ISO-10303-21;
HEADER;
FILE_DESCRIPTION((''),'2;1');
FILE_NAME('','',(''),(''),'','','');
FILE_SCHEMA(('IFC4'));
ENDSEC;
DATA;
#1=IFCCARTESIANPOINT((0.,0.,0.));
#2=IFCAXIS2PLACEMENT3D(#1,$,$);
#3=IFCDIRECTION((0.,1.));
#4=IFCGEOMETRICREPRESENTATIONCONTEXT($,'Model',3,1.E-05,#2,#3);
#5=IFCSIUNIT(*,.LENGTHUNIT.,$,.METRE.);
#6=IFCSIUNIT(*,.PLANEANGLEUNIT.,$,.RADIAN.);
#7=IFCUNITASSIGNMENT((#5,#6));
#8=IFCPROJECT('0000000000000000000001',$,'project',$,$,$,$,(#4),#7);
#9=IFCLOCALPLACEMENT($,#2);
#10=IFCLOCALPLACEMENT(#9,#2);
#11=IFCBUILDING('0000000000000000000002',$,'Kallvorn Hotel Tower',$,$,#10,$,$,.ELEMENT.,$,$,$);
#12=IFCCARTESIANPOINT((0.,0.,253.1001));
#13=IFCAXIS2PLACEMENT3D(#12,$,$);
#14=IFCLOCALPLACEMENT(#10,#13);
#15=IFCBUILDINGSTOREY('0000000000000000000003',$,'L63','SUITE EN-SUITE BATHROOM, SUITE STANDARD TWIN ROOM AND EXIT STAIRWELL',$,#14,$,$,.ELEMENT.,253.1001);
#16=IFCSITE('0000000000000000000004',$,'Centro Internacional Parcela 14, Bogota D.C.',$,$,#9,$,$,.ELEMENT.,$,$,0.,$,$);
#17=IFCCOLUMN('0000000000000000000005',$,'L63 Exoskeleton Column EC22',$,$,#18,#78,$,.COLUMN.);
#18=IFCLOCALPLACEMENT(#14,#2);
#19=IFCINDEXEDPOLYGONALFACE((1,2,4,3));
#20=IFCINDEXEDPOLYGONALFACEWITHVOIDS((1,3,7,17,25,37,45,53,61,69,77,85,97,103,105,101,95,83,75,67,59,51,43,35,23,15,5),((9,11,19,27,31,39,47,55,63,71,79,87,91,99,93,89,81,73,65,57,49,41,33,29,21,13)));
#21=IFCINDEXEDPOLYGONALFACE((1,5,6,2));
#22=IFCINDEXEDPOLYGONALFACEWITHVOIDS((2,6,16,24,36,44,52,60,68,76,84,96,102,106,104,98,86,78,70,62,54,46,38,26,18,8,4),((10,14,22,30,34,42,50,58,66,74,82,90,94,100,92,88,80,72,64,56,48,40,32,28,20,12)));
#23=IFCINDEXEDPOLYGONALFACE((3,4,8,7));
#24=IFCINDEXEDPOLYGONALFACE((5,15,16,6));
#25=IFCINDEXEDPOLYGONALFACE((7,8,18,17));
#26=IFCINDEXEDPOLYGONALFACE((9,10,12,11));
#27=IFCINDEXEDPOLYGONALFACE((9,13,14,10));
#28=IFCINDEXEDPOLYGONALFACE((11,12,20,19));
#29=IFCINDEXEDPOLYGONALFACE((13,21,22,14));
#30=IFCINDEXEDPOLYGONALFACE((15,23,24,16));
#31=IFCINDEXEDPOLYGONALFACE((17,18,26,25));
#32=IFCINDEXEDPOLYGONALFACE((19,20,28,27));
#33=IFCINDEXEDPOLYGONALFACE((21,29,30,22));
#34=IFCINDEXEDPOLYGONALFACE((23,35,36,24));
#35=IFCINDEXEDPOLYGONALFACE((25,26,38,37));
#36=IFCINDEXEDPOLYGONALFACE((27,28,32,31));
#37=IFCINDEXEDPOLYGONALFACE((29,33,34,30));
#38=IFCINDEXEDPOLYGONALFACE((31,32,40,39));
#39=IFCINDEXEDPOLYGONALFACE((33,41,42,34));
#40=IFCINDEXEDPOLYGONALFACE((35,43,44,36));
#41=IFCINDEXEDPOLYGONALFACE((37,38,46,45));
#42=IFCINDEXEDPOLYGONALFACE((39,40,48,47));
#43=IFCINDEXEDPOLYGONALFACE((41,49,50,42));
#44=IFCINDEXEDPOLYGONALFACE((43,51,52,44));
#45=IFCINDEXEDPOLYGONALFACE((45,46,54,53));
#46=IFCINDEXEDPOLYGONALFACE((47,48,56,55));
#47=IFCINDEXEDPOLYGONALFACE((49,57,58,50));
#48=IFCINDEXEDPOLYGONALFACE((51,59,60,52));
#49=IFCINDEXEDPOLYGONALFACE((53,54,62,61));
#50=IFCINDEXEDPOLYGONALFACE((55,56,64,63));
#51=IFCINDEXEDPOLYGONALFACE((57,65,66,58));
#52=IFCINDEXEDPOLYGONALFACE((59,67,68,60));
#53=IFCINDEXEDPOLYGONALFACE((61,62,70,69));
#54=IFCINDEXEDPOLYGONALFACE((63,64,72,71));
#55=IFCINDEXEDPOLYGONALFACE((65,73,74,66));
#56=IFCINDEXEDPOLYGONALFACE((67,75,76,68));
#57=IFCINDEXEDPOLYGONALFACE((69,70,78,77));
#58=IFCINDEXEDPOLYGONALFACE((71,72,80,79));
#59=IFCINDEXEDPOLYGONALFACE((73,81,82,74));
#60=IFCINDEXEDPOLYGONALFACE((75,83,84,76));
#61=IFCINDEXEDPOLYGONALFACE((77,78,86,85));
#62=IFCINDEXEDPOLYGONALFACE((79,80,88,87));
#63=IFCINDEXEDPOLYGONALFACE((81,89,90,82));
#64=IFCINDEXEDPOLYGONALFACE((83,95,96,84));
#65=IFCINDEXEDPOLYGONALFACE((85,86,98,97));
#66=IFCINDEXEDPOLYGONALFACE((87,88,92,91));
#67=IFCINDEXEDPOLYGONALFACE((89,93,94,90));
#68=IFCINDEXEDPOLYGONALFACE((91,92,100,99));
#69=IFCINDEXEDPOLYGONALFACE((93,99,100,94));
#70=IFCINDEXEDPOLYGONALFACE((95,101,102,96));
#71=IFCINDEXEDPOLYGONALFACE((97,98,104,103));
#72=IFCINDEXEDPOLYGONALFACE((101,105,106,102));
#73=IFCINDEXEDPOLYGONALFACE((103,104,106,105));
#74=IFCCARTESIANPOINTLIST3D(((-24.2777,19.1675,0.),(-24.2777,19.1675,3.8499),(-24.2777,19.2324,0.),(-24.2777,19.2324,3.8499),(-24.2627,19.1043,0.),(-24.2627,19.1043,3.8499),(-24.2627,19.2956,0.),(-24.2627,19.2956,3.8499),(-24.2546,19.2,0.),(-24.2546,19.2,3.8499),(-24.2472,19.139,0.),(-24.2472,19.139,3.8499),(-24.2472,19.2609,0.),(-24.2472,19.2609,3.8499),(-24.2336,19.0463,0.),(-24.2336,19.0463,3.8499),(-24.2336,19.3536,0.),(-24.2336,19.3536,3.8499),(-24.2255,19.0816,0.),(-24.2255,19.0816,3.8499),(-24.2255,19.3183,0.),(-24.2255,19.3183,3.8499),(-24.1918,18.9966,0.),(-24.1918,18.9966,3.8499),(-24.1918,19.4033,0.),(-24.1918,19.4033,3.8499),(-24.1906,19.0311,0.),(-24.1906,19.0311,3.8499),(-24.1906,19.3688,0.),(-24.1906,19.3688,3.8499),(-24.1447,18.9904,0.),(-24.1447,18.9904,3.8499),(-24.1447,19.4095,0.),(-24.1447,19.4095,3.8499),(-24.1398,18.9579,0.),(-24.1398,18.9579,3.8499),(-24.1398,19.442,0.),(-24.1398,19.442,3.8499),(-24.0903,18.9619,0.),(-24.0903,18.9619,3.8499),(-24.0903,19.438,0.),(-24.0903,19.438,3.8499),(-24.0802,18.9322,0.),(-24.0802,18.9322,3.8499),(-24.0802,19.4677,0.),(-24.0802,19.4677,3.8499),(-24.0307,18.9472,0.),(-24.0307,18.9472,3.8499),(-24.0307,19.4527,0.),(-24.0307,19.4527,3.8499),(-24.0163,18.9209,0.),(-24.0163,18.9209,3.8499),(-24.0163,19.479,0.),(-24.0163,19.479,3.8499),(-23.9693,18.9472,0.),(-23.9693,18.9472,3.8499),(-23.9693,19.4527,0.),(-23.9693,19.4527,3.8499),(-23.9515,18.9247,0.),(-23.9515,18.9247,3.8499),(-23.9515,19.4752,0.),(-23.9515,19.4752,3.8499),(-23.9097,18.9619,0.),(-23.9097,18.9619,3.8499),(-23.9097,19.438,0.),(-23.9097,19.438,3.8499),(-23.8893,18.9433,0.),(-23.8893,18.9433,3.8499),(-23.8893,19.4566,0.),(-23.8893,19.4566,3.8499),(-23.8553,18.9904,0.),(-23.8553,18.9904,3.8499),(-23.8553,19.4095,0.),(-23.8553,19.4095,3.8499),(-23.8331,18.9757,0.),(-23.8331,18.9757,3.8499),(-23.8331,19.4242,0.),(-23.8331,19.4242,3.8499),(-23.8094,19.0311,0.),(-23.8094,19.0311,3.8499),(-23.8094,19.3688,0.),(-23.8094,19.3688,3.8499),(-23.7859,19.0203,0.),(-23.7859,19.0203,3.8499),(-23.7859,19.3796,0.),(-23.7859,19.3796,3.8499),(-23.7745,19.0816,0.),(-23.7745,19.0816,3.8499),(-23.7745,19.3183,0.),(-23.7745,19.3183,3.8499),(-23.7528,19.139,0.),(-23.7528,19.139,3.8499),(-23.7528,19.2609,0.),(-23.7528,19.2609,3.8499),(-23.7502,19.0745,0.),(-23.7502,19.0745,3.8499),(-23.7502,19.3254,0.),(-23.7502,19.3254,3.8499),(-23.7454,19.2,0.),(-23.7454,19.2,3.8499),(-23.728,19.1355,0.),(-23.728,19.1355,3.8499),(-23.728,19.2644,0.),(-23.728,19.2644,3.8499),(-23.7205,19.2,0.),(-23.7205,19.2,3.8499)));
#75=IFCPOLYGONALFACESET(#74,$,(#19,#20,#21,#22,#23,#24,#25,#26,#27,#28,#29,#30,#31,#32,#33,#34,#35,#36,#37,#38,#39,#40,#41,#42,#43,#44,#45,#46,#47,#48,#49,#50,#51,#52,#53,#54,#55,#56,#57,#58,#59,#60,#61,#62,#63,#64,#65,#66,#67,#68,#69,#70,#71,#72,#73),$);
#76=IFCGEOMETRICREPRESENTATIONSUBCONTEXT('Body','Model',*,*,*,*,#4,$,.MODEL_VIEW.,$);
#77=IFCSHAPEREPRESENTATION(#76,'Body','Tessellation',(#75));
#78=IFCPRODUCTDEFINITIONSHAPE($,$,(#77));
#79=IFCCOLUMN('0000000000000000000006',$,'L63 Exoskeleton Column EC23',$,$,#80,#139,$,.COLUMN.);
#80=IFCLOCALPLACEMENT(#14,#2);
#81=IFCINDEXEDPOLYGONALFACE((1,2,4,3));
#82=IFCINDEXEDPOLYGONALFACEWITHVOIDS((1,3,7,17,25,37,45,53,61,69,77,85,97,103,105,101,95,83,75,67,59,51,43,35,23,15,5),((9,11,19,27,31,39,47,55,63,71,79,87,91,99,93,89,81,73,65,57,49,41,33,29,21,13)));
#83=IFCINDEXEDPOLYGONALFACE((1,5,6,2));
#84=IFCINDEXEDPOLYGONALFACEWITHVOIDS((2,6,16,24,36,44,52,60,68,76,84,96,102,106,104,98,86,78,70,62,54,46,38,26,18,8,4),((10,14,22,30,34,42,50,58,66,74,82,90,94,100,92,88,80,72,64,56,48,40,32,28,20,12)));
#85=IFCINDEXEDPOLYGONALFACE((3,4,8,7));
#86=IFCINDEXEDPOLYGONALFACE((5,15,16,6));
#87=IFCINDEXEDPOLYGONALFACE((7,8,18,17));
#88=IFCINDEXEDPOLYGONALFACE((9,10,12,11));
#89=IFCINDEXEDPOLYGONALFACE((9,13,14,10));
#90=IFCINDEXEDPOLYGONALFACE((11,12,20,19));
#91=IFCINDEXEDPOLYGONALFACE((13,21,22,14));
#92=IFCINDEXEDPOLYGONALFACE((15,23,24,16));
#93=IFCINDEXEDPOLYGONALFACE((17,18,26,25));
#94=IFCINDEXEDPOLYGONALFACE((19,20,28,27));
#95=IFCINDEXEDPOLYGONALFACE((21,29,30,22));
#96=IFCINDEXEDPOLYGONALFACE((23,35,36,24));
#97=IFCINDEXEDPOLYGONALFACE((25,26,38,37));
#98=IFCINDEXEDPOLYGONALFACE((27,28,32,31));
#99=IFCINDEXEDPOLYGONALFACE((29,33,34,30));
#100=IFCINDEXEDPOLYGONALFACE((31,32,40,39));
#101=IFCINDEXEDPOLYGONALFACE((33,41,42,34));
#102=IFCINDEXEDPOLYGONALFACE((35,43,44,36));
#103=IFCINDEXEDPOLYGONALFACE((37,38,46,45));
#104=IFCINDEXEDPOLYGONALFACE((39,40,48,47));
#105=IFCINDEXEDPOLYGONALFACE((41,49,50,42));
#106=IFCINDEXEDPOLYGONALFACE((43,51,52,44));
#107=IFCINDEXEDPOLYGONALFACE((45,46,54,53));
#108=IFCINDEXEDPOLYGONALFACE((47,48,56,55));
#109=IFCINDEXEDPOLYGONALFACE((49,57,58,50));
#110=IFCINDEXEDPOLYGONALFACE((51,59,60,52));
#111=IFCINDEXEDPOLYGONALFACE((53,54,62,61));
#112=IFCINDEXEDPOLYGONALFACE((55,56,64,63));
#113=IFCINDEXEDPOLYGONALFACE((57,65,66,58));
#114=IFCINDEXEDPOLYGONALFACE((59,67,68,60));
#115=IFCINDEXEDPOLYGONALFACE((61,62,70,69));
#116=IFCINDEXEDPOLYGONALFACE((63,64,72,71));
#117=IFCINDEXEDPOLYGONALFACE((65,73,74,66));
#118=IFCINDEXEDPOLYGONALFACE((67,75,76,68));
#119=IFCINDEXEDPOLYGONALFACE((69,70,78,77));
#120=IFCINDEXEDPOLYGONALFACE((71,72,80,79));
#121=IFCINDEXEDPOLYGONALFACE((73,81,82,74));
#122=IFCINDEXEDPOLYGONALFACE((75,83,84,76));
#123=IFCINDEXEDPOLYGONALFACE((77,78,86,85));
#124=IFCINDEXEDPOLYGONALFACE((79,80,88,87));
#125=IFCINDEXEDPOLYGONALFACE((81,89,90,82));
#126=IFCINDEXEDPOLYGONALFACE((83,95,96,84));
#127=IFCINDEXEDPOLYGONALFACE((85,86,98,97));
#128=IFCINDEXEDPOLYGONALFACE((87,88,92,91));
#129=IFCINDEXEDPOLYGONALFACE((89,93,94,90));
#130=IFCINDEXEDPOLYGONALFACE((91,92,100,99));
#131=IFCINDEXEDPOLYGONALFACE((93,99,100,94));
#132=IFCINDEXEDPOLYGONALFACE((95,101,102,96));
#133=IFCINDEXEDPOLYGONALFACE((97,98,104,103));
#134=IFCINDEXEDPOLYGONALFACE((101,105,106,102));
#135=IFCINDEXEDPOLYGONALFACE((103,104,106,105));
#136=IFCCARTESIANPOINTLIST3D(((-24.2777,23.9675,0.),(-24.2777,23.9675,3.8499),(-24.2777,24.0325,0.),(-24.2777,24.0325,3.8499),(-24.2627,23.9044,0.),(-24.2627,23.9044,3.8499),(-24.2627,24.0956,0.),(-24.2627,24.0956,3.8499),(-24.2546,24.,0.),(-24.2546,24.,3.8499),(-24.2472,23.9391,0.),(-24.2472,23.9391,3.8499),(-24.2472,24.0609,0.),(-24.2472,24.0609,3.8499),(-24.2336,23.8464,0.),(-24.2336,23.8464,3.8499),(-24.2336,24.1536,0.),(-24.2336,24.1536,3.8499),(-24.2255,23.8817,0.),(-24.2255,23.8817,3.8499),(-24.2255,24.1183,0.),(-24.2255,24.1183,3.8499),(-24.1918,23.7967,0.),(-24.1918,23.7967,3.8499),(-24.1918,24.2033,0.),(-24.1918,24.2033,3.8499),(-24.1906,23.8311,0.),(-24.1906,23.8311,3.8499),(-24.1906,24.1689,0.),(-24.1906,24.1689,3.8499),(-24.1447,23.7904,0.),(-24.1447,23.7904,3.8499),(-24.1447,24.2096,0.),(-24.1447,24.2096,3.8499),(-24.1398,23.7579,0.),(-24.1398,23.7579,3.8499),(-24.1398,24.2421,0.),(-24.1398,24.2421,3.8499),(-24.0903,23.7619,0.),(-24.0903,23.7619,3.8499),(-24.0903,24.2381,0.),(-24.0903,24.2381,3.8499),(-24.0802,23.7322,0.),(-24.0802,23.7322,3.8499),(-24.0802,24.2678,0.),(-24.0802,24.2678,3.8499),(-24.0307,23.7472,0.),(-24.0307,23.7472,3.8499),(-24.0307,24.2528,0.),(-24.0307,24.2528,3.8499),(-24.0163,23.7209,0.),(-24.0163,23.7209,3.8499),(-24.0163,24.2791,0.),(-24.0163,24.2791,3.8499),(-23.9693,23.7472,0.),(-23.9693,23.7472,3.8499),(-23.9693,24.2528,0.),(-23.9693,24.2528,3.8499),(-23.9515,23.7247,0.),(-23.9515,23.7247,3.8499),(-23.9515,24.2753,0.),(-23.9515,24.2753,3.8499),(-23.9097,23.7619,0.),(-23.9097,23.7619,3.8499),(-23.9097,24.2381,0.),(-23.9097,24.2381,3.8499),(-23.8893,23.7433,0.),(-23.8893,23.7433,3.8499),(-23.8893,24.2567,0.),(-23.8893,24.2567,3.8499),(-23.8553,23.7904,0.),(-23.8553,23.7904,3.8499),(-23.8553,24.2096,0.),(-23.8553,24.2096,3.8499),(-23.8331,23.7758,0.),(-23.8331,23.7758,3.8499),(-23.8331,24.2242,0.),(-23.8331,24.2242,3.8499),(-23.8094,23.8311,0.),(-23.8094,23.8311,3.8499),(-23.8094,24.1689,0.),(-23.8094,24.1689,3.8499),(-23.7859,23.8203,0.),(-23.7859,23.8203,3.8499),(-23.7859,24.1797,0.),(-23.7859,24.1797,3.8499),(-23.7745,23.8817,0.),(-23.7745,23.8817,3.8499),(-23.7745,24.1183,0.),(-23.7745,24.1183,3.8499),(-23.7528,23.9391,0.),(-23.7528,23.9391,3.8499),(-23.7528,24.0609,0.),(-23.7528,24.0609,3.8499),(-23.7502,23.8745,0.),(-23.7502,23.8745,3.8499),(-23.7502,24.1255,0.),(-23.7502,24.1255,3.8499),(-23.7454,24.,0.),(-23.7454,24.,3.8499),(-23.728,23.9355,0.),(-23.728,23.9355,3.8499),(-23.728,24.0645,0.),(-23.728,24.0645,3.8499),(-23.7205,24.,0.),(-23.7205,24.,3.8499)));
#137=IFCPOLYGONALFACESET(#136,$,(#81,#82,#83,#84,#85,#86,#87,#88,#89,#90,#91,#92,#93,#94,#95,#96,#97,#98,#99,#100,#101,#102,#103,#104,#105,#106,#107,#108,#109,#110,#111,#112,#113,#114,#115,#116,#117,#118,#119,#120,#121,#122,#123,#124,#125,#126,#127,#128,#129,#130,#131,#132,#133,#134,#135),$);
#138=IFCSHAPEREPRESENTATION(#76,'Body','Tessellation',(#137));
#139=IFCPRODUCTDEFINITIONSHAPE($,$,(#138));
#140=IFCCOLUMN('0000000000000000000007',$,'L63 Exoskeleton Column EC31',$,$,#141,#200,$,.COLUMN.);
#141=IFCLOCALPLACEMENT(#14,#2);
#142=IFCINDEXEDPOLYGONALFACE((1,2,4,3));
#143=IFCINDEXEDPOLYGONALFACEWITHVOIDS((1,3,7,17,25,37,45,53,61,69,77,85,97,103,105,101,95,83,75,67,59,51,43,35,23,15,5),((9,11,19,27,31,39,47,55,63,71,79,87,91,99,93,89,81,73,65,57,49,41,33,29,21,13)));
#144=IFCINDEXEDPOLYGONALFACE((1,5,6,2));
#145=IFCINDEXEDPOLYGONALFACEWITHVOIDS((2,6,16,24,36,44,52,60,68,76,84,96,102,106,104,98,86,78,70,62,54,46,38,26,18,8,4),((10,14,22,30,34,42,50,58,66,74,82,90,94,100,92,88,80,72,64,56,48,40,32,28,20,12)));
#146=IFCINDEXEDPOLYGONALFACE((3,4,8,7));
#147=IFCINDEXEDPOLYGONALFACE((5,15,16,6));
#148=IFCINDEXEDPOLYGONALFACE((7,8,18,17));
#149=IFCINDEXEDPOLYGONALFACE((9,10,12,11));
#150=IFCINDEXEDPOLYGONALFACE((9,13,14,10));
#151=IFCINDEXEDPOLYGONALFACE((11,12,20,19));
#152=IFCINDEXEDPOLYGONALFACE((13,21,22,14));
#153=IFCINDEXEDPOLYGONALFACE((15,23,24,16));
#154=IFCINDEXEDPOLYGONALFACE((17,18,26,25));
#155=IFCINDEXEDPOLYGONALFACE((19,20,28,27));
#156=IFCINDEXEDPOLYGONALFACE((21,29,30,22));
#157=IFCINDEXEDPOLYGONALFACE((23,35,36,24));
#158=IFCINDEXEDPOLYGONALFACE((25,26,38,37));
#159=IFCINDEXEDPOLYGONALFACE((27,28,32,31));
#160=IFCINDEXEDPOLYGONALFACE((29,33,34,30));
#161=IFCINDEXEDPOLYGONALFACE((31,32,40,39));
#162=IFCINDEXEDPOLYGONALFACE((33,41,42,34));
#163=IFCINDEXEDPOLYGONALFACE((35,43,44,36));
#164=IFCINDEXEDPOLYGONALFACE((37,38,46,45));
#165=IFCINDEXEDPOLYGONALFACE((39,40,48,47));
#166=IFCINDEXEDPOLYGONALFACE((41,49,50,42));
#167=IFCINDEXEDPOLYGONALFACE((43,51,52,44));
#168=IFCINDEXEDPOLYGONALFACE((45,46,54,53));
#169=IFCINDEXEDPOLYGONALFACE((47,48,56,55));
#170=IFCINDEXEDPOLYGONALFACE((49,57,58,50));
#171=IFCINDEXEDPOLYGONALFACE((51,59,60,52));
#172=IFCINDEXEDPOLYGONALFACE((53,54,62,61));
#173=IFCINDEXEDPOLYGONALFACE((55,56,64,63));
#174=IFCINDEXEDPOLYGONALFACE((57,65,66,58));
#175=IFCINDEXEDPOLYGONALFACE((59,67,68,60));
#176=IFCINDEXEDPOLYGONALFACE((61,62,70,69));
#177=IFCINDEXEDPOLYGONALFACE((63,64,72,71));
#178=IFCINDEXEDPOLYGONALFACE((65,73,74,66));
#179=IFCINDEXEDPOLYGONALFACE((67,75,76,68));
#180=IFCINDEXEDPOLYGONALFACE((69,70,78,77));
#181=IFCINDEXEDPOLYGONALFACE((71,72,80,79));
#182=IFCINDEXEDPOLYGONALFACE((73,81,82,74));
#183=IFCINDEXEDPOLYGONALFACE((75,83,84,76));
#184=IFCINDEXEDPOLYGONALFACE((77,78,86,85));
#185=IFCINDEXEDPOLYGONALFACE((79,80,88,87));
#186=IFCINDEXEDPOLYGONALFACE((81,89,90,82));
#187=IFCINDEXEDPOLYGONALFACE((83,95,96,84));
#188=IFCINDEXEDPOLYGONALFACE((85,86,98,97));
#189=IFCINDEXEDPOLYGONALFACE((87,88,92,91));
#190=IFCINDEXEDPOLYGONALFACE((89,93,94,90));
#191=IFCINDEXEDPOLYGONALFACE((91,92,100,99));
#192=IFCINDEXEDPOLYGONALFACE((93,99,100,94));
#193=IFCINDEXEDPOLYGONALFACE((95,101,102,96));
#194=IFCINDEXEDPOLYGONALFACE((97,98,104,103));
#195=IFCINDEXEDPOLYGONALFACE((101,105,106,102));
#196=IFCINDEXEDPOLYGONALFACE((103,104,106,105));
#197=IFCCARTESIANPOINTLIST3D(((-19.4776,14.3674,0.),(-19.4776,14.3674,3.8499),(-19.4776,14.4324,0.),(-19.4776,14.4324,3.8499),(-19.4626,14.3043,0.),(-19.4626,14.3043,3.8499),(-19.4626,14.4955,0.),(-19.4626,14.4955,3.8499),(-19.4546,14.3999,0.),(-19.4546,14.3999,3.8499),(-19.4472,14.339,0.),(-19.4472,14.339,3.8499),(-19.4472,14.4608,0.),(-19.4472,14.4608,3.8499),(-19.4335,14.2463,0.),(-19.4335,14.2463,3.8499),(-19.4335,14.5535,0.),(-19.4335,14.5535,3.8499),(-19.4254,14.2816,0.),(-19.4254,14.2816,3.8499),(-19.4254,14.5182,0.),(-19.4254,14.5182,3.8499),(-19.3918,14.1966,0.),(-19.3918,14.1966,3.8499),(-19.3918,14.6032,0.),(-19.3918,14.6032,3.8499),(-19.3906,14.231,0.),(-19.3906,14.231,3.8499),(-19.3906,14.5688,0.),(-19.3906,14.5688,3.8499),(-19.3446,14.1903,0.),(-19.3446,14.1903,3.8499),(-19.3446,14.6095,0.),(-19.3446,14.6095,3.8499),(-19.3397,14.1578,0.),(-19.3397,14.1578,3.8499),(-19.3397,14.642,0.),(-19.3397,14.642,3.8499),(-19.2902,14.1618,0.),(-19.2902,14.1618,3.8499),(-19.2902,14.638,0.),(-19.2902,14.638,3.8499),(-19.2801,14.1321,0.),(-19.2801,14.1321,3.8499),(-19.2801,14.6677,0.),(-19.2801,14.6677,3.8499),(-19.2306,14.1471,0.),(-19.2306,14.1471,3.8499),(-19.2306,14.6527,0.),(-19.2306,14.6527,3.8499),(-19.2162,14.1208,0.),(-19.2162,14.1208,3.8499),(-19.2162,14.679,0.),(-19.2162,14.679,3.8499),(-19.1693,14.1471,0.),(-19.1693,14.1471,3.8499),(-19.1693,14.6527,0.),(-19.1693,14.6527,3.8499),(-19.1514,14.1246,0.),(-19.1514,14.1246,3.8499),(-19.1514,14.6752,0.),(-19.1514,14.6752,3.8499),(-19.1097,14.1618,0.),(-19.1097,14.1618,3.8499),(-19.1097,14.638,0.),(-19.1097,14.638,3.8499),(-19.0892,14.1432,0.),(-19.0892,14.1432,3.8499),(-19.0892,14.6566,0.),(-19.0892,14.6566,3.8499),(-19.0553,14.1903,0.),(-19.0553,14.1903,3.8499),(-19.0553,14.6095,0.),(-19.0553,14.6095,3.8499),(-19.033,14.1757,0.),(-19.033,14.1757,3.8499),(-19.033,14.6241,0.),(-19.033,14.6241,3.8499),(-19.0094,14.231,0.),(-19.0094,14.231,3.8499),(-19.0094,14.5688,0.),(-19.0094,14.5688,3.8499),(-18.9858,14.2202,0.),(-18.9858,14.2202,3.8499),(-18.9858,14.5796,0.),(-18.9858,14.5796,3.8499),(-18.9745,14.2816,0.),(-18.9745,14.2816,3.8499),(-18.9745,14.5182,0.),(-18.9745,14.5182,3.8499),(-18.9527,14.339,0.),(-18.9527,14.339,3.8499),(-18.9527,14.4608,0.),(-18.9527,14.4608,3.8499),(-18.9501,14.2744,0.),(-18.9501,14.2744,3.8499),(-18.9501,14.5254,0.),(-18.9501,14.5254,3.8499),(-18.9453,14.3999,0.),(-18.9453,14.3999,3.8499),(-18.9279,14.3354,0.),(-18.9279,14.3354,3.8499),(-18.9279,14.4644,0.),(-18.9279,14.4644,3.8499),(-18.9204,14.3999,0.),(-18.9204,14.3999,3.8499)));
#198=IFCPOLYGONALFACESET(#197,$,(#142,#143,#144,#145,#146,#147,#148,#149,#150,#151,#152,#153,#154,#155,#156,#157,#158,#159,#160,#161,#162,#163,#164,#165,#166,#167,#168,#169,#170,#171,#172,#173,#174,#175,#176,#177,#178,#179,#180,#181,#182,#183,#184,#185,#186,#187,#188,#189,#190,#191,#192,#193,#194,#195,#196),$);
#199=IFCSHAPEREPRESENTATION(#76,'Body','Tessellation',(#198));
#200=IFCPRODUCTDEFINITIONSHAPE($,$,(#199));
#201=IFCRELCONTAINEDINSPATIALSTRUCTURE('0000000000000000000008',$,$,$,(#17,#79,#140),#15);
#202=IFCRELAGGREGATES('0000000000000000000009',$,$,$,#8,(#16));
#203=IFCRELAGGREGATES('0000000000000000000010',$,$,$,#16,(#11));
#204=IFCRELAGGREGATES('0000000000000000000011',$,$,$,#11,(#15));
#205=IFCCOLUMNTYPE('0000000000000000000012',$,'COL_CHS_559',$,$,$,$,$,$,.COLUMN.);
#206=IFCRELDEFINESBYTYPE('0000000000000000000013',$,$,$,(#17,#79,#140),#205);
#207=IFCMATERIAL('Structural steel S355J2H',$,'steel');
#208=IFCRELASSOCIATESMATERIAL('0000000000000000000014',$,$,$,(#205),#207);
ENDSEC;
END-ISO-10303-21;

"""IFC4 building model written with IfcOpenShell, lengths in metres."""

from ifc_helpers import new_model, si_unit, direction, frame, origin, origin_2d, place, context, subcontext, project, spatial, hollow_circle, extrude, material, material_profile, profile_set, type_object, element, save


model = new_model("IFC4")

# Units and contexts
model_context = context("Model", 3, precision=1e-05, world=origin(), true_north=direction((0.0, 1.0)))
body_context = subcontext(model_context, "Body", "Model", "MODEL_VIEW")
ifc_project = project(units=[si_unit("LENGTHUNIT", "METRE"), si_unit("PLANEANGLEUNIT", "RADIAN")], contexts=[model_context])

# Site, building, storey
site_placement = place(None, origin())
site = spatial("IfcSite", under=ifc_project, at=site_placement, Name="Centro Internacional Parcela 14, Bogota D.C.", CompositionType="ELEMENT", RefElevation=0.0)
building_placement = place(site_placement, origin())
building = spatial("IfcBuilding", under=site, at=building_placement, Name="Kallvorn Hotel Tower", CompositionType="ELEMENT")
storey_placement = place(building_placement, frame((0.0, 0.0, 253.1001)))
storey = spatial("IfcBuildingStorey", under=building, at=storey_placement, Name="L63", Description="SUITE EN-SUITE BATHROOM, SUITE STANDARD TWIN ROOM AND EXIT STAIRWELL", CompositionType="ELEMENT", Elevation=253.1001)

# Columns
ifc_material_1 = material(Name="Structural steel S355J2H", Category="steel")
ifc_material_profile_1 = material_profile(ifc_material_1, hollow_circle(Radius=0.2795, WallThickness=0.0249, at=origin_2d()), Name="CHS 559x25")
ifc_profile_set_1 = profile_set([ifc_material_profile_1], Name="Structural steel S355J2H")
column_type_1 = type_object("IfcColumnType", Name="COL_CHS_559", PredefinedType="COLUMN", material=ifc_profile_set_1)
for number, where, z_axis, x_axis, name in (
    (1, (-24.0, 19.2, 0.0), (0.0, 0.0, 1.0), (1.0, 0.0, 0.0), "L63 Exoskeleton Column EC22"),
    (2, (-24.0, 24.0, 0.0), (0.0, 0.0, 1.0), (1.0, 0.0, 0.0), "L63 Exoskeleton Column EC23"),
    (3, (-19.2, 14.3999, 0.0), (0.0, 0.0, 1.0), (1.0, 0.0, 0.0), "L63 Exoskeleton Column EC31"),
):
    element("IfcColumn", number, at=place(storey_placement, frame(where, z_axis=z_axis, x_axis=x_axis)), inside=storey, type_object=column_type_1, Name=name, PredefinedType="COLUMN", context=body_context, shape_type="SweptSolid", body=[
        extrude(hollow_circle(Radius=0.2795, WallThickness=0.0249, at=origin_2d()), origin(), (0.0, 0.0, 1.0), 3.8499),
    ])

save(model, "model.ifc")
